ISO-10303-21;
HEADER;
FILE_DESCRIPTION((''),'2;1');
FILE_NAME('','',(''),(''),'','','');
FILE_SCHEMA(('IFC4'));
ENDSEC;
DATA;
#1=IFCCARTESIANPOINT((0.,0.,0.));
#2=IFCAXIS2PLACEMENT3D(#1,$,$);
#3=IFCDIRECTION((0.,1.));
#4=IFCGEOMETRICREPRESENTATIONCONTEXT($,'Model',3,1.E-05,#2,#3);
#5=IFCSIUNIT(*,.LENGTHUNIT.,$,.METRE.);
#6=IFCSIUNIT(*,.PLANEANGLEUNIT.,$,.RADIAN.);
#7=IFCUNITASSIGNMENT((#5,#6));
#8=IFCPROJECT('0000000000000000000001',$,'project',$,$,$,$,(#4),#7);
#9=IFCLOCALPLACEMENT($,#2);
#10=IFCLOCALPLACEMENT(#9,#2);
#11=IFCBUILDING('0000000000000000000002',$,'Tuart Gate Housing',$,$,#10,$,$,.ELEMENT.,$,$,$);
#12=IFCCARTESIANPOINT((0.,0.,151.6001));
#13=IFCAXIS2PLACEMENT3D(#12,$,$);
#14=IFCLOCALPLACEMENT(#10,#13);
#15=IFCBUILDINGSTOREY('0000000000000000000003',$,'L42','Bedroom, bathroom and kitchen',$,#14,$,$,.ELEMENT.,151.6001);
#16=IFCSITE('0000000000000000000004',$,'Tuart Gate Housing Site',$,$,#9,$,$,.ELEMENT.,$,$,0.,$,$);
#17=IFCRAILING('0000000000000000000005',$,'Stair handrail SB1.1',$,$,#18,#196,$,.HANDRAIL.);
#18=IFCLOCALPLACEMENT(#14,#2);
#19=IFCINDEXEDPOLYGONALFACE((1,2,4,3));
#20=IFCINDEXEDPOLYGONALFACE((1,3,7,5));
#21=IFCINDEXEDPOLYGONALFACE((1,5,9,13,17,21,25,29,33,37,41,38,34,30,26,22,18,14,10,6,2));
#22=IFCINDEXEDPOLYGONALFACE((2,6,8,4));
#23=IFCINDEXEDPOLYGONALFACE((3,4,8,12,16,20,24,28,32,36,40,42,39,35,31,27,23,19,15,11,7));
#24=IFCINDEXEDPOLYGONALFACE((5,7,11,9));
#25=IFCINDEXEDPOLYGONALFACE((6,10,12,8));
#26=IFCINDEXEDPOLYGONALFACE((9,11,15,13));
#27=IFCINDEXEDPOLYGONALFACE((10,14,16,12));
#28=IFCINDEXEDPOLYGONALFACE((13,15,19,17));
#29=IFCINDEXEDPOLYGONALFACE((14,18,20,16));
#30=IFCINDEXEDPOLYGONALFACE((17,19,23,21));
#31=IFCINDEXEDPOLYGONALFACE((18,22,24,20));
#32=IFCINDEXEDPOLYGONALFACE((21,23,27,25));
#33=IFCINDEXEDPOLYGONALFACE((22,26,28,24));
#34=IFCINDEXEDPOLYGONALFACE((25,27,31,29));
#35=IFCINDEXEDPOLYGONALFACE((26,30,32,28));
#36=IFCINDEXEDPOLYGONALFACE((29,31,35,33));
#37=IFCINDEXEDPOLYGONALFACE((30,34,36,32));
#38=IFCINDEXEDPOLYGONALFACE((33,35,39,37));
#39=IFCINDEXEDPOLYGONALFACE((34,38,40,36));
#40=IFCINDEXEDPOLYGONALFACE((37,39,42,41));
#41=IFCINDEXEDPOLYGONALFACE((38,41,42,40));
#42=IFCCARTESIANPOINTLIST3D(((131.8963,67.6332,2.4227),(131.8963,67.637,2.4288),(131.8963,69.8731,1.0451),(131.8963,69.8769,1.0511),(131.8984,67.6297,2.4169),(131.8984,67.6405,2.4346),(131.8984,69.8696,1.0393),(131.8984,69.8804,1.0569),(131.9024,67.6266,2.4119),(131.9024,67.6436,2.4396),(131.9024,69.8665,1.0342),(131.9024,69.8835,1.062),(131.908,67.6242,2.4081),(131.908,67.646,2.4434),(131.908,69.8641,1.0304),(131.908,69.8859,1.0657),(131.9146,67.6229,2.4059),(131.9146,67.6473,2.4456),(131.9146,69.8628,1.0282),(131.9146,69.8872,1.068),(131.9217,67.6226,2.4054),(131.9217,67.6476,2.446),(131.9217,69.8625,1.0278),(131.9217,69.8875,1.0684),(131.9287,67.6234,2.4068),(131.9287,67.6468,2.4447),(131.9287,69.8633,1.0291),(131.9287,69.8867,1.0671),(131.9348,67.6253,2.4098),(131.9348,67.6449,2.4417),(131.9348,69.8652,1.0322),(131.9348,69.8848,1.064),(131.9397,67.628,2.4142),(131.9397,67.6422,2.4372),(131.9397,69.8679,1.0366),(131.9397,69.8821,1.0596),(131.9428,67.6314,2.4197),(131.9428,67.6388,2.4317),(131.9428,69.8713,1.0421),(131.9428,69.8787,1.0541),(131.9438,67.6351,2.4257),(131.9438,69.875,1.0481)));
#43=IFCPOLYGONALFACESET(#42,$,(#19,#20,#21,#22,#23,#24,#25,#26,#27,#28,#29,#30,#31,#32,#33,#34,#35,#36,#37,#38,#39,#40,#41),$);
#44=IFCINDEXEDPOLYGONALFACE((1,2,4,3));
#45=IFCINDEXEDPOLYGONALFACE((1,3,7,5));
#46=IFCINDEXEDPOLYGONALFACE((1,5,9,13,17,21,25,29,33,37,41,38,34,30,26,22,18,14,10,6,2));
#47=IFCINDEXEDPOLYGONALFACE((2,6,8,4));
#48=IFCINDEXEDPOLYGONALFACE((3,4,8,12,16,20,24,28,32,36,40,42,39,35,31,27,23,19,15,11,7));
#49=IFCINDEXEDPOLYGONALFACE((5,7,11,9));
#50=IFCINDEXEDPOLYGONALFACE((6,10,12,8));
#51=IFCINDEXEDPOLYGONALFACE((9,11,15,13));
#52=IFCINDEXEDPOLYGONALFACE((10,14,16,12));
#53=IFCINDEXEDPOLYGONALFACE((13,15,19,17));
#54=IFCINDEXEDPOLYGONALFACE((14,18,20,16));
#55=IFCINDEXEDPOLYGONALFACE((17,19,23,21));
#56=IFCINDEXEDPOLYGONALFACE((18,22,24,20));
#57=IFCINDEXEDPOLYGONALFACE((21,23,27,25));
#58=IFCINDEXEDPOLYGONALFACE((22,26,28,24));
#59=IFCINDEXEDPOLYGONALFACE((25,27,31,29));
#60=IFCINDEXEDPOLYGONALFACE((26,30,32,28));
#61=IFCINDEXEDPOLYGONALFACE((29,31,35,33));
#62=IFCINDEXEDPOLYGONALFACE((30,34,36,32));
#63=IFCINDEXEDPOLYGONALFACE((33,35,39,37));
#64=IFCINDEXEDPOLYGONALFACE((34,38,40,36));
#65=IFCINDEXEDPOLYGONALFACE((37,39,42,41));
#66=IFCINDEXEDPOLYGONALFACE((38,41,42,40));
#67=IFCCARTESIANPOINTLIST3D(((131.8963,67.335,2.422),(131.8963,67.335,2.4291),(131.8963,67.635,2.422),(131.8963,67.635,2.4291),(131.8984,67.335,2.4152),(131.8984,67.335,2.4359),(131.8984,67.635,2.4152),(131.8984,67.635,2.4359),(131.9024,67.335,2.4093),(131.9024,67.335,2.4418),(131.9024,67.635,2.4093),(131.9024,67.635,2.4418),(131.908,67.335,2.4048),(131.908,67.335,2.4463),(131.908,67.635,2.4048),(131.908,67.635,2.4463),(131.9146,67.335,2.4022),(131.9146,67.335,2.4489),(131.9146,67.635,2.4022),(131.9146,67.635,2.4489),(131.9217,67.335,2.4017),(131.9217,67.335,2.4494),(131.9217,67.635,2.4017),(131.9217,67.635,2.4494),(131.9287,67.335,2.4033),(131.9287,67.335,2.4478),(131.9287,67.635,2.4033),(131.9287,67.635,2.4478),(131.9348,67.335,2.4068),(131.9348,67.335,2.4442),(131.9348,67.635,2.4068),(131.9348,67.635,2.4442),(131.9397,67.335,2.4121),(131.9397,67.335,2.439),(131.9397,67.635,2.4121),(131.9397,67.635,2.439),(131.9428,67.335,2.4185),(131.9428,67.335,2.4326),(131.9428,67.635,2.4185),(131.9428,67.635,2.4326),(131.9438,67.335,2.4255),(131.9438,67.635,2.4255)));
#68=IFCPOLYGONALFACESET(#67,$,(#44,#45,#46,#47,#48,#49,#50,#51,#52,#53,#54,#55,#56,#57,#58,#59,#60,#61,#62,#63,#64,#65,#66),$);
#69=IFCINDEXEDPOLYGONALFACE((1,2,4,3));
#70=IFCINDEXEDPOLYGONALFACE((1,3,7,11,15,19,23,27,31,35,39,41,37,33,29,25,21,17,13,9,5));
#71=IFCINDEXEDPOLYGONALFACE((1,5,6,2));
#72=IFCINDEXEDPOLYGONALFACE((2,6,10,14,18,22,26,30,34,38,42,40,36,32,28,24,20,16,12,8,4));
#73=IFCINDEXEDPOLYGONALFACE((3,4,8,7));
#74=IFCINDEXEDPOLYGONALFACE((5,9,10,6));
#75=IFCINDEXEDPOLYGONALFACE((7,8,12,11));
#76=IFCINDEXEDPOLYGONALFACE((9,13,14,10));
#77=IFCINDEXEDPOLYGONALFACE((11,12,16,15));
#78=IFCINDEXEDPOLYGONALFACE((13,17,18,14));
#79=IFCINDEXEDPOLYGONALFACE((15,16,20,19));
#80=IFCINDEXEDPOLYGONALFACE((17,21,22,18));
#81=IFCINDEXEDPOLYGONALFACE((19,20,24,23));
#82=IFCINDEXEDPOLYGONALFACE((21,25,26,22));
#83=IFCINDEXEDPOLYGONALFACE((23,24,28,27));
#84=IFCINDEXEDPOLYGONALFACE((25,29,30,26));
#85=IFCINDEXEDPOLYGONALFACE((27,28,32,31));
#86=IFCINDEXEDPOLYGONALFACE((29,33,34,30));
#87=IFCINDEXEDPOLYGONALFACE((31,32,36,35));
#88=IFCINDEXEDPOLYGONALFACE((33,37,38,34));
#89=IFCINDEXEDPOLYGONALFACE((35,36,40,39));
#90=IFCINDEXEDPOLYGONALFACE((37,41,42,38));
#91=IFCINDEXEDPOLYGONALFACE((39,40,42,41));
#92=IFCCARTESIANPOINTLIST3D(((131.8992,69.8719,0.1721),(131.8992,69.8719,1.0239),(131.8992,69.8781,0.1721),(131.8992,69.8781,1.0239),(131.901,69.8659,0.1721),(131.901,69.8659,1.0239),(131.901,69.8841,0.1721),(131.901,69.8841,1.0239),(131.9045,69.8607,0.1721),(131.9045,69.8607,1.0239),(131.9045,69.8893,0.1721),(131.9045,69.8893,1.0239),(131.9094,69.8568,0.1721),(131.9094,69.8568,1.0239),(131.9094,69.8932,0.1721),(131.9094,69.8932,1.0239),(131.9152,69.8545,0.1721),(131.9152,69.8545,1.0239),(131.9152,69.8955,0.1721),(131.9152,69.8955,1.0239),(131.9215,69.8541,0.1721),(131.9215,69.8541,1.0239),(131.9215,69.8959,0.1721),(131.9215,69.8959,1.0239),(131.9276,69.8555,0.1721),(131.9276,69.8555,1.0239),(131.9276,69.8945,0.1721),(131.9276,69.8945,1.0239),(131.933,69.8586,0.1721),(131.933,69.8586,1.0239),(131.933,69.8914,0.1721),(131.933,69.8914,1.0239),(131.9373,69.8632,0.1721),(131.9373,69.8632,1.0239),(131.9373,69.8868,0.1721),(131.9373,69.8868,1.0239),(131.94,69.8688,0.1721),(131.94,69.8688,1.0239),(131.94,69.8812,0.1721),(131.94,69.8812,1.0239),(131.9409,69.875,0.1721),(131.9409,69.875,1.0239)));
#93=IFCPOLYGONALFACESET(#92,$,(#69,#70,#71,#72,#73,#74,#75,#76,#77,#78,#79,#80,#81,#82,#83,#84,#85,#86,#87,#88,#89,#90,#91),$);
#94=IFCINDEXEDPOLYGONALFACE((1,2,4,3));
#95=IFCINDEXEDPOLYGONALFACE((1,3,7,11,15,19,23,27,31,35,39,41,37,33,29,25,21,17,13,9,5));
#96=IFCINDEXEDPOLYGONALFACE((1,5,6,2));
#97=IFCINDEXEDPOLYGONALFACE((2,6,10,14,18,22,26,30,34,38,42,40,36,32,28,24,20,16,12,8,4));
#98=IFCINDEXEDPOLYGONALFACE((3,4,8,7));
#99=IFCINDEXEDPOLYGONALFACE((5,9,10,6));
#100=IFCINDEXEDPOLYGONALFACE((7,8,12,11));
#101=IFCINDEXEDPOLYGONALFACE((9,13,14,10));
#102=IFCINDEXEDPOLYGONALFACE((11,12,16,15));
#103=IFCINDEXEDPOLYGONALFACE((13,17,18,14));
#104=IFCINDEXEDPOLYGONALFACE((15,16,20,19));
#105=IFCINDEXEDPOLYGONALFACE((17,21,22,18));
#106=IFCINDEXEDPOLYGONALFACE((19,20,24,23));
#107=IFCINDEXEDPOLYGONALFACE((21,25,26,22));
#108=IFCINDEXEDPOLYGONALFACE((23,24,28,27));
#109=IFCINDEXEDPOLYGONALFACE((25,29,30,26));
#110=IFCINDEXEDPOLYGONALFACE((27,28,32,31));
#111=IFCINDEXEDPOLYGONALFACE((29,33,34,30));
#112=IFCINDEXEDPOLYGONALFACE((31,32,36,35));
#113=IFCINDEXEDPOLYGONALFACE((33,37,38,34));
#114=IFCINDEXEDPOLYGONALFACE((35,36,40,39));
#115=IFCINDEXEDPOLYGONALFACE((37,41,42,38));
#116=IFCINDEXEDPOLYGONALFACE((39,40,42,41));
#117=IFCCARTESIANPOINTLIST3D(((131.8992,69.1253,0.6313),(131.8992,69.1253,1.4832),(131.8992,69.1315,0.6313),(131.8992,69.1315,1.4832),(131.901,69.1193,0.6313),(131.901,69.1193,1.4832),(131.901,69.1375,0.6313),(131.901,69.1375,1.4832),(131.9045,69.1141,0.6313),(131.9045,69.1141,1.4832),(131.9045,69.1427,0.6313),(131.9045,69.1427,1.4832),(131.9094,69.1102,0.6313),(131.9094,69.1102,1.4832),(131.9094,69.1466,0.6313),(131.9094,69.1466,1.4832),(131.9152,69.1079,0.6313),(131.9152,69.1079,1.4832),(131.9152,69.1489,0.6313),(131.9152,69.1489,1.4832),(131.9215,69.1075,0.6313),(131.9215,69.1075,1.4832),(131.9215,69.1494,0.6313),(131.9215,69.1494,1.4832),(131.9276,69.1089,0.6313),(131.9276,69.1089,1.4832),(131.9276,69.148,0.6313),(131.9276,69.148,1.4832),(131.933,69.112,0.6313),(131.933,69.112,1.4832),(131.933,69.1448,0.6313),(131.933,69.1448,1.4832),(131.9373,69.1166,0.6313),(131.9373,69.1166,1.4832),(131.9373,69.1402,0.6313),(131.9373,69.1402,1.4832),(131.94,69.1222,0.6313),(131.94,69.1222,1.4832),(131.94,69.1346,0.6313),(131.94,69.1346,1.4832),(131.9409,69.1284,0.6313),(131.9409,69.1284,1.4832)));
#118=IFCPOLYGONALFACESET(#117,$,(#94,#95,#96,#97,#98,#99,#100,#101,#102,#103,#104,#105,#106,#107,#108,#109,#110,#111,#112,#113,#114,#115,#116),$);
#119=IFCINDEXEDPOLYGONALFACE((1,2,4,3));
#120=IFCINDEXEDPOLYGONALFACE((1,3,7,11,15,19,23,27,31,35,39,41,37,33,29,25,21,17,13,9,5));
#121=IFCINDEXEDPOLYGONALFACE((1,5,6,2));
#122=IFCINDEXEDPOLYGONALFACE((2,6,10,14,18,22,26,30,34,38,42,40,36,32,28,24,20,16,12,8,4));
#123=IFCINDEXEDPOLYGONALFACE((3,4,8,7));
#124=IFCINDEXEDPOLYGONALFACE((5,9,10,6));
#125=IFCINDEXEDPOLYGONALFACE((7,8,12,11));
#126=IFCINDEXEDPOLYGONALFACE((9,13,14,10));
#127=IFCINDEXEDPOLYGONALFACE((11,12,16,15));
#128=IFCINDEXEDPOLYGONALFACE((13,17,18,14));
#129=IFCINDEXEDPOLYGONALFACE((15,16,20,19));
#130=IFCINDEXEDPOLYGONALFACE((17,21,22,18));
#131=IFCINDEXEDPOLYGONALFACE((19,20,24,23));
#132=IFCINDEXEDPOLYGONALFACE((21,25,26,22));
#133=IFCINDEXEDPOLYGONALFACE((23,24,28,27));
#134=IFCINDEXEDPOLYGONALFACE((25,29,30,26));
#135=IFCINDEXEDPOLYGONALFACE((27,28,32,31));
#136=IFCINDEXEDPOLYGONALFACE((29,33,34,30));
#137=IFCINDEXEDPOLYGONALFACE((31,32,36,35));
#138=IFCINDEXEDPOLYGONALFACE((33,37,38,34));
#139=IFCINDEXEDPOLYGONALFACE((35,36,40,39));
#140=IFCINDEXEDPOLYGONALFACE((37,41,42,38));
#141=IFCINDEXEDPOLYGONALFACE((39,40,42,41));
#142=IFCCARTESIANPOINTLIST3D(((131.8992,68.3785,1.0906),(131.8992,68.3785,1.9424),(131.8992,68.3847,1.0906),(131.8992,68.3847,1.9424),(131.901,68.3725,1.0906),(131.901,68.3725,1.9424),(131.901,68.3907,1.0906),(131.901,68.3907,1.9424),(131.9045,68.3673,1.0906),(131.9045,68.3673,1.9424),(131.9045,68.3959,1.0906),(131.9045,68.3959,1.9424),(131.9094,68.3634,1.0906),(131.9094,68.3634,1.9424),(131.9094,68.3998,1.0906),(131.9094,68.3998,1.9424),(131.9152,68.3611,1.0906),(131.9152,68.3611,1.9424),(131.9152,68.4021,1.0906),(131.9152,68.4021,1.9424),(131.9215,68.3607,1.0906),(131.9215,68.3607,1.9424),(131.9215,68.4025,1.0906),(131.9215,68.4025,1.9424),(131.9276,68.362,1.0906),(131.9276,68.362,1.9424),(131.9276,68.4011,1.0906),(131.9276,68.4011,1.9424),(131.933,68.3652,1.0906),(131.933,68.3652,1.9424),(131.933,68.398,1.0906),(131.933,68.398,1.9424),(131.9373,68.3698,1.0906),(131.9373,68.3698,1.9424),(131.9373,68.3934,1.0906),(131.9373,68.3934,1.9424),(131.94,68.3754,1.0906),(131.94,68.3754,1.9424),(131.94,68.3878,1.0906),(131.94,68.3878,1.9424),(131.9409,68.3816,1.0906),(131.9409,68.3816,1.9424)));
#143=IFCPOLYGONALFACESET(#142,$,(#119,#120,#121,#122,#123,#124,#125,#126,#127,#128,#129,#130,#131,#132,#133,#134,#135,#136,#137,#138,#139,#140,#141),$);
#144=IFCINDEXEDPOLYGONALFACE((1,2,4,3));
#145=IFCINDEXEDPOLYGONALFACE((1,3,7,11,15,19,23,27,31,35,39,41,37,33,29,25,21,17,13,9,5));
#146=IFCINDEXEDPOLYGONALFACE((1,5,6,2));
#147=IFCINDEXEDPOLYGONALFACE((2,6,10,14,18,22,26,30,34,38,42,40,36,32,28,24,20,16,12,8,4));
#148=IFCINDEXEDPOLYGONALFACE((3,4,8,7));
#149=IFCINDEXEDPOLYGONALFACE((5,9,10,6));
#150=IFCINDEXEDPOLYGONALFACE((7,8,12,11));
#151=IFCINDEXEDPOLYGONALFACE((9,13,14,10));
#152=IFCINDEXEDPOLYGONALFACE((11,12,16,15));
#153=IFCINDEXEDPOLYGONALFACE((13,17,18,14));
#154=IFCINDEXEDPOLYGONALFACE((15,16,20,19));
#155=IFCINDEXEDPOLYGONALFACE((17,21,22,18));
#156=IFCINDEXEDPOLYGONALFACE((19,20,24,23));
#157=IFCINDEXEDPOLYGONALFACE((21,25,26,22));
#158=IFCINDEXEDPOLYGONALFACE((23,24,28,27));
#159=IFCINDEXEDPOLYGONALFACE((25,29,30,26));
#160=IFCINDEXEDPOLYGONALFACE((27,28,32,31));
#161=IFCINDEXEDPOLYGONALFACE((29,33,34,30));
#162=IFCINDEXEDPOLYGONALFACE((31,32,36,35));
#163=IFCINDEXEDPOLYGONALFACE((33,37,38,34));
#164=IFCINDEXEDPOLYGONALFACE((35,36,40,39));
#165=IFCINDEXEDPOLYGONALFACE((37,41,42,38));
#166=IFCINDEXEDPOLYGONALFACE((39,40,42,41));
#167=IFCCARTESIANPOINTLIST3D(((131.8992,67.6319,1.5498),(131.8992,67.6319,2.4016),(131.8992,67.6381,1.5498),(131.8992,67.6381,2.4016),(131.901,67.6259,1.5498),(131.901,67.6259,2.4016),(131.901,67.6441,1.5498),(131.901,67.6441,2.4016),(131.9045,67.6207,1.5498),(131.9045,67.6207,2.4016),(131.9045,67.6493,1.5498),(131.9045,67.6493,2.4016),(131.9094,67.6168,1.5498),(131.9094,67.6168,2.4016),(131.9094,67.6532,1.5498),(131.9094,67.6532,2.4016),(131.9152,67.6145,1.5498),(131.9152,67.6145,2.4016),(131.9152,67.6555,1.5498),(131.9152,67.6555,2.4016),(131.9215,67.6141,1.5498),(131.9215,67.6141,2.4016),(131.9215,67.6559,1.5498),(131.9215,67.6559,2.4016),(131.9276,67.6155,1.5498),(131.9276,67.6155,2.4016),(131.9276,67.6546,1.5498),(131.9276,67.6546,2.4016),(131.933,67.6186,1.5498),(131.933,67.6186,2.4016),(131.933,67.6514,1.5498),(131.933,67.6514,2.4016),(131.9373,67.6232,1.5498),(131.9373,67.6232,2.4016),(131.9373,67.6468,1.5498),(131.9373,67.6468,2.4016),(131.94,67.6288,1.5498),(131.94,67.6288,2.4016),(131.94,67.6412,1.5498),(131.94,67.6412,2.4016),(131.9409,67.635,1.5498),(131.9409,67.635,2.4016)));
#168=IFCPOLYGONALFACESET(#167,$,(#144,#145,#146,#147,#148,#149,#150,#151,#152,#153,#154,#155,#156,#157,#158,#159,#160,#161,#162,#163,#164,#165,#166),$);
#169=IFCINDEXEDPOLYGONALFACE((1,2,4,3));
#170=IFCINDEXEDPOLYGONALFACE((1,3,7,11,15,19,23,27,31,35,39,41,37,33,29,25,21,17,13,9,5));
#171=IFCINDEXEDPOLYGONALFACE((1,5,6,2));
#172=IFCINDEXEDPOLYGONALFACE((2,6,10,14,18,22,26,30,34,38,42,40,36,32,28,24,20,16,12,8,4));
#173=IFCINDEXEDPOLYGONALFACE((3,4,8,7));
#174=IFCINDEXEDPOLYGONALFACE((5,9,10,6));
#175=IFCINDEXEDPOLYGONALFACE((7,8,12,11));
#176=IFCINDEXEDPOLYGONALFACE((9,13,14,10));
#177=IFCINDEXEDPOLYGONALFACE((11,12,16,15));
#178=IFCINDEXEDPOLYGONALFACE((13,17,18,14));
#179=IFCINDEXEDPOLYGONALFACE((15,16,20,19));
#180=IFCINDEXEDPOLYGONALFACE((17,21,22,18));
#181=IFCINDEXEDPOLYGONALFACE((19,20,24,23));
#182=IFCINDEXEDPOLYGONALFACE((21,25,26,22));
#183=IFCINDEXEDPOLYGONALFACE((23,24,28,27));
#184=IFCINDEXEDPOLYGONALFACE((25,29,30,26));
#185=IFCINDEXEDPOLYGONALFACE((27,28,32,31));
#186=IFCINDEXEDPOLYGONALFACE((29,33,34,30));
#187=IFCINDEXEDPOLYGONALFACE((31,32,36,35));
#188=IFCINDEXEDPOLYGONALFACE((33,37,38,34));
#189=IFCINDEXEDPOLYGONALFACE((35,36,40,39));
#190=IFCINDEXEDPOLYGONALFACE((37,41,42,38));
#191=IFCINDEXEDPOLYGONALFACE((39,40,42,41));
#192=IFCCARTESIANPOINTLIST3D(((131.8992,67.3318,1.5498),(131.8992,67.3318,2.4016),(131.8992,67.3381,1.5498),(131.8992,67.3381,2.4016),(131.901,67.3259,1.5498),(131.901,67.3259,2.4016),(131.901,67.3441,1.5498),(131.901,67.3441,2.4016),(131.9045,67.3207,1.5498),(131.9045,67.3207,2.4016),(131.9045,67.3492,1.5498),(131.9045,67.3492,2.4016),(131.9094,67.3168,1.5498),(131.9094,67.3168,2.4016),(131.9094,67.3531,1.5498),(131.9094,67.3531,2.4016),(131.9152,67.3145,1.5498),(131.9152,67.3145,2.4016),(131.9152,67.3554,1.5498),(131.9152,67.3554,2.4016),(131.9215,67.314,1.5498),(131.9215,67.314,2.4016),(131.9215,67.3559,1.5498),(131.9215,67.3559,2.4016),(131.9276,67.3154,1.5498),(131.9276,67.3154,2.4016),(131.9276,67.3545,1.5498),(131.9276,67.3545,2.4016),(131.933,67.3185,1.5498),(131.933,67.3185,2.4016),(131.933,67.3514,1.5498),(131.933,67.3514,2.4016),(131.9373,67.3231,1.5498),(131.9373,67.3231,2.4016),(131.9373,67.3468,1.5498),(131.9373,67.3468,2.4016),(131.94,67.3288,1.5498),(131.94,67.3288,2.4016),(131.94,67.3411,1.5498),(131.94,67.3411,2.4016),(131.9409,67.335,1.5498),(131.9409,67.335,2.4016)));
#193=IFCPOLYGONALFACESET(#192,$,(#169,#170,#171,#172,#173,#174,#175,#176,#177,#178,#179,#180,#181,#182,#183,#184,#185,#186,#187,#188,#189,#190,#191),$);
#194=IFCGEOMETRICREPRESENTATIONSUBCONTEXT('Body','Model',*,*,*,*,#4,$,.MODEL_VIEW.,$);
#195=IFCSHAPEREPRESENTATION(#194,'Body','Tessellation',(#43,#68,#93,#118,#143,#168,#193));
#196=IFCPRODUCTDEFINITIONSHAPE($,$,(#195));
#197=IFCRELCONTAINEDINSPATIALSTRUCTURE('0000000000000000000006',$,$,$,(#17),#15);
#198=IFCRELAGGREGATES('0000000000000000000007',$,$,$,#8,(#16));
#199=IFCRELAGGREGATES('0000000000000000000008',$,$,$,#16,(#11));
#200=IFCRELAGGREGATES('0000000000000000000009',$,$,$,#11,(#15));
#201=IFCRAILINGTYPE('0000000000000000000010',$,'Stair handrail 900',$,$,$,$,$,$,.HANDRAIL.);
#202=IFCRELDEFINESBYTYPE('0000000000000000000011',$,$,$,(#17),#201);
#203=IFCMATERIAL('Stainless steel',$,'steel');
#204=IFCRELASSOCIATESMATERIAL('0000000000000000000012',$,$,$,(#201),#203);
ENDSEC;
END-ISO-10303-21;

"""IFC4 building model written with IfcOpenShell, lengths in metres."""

from ifc_helpers import new_model, si_unit, direction, frame, origin, origin_2d, place, context, subcontext, project, spatial, circle, extrude, material, type_object, element, save


model = new_model("IFC4")

# Units and contexts
model_context = context("Model", 3, precision=1e-05, world=origin(), true_north=direction((0.0, 1.0)))
body_context = subcontext(model_context, "Body", "Model", "MODEL_VIEW")
ifc_project = project(units=[si_unit("LENGTHUNIT", "METRE"), si_unit("PLANEANGLEUNIT", "RADIAN")], contexts=[model_context])

# Site, building, storey
site_placement = place(None, origin())
site = spatial("IfcSite", under=ifc_project, at=site_placement, Name="Tuart Gate Housing Site", CompositionType="ELEMENT", RefElevation=0.0)
building_placement = place(site_placement, origin())
building = spatial("IfcBuilding", under=site, at=building_placement, Name="Tuart Gate Housing", CompositionType="ELEMENT")
storey_placement = place(building_placement, frame((0.0, 0.0, 151.6001)))
storey = spatial("IfcBuildingStorey", under=building, at=storey_placement, Name="L42", Description="Bedroom, bathroom and kitchen", CompositionType="ELEMENT", Elevation=151.6001)

# Railing
ifc_material_1 = material(Name="Stainless steel", Category="steel")
railing_type = type_object("IfcRailingType", Name="Stair handrail 900", PredefinedType="HANDRAIL", material=ifc_material_1)
railing_placement = place(storey_placement, frame((131.9199, 69.875, 0.1721)))
element("IfcRailing", 1, at=railing_placement, inside=storey, type_object=railing_type, Name="Stair handrail SB1.1", PredefinedType="HANDRAIL", context=body_context, shape_type="SweptSolid", body=[
    extrude(circle(Radius=0.0239, at=origin_2d()), frame((0.0, 0.0, 0.876), z_axis=(0.0, -0.851789, 0.523885), x_axis=(1.0, 0.0, 0.0)), (0.0, 0.0, 1.0), 2.6296),
    extrude(circle(Radius=0.0239, at=origin_2d()), frame((0.0, -2.24, 2.2534), z_axis=(0.0, -1.0, 0.0), x_axis=(1.0, 0.0, 0.0)), (0.0, 0.0, 1.0), 0.3),
    extrude(circle(Radius=0.021, at=origin_2d()), origin(), (0.0, 0.0, 1.0), 0.8518),
    extrude(circle(Radius=0.021, at=origin_2d()), frame((0.0, -0.7466, 0.4592)), (0.0, 0.0, 1.0), 0.8518),
    extrude(circle(Radius=0.021, at=origin_2d()), frame((0.0, -1.4934, 0.9185)), (0.0, 0.0, 1.0), 0.8518),
    extrude(circle(Radius=0.021, at=origin_2d()), frame((0.0, -2.24, 1.3777)), (0.0, 0.0, 1.0), 0.8518),
    extrude(circle(Radius=0.021, at=origin_2d()), frame((0.0, -2.54, 1.3777)), (0.0, 0.0, 1.0), 0.8518),
])

save(model, "model.ifc")
